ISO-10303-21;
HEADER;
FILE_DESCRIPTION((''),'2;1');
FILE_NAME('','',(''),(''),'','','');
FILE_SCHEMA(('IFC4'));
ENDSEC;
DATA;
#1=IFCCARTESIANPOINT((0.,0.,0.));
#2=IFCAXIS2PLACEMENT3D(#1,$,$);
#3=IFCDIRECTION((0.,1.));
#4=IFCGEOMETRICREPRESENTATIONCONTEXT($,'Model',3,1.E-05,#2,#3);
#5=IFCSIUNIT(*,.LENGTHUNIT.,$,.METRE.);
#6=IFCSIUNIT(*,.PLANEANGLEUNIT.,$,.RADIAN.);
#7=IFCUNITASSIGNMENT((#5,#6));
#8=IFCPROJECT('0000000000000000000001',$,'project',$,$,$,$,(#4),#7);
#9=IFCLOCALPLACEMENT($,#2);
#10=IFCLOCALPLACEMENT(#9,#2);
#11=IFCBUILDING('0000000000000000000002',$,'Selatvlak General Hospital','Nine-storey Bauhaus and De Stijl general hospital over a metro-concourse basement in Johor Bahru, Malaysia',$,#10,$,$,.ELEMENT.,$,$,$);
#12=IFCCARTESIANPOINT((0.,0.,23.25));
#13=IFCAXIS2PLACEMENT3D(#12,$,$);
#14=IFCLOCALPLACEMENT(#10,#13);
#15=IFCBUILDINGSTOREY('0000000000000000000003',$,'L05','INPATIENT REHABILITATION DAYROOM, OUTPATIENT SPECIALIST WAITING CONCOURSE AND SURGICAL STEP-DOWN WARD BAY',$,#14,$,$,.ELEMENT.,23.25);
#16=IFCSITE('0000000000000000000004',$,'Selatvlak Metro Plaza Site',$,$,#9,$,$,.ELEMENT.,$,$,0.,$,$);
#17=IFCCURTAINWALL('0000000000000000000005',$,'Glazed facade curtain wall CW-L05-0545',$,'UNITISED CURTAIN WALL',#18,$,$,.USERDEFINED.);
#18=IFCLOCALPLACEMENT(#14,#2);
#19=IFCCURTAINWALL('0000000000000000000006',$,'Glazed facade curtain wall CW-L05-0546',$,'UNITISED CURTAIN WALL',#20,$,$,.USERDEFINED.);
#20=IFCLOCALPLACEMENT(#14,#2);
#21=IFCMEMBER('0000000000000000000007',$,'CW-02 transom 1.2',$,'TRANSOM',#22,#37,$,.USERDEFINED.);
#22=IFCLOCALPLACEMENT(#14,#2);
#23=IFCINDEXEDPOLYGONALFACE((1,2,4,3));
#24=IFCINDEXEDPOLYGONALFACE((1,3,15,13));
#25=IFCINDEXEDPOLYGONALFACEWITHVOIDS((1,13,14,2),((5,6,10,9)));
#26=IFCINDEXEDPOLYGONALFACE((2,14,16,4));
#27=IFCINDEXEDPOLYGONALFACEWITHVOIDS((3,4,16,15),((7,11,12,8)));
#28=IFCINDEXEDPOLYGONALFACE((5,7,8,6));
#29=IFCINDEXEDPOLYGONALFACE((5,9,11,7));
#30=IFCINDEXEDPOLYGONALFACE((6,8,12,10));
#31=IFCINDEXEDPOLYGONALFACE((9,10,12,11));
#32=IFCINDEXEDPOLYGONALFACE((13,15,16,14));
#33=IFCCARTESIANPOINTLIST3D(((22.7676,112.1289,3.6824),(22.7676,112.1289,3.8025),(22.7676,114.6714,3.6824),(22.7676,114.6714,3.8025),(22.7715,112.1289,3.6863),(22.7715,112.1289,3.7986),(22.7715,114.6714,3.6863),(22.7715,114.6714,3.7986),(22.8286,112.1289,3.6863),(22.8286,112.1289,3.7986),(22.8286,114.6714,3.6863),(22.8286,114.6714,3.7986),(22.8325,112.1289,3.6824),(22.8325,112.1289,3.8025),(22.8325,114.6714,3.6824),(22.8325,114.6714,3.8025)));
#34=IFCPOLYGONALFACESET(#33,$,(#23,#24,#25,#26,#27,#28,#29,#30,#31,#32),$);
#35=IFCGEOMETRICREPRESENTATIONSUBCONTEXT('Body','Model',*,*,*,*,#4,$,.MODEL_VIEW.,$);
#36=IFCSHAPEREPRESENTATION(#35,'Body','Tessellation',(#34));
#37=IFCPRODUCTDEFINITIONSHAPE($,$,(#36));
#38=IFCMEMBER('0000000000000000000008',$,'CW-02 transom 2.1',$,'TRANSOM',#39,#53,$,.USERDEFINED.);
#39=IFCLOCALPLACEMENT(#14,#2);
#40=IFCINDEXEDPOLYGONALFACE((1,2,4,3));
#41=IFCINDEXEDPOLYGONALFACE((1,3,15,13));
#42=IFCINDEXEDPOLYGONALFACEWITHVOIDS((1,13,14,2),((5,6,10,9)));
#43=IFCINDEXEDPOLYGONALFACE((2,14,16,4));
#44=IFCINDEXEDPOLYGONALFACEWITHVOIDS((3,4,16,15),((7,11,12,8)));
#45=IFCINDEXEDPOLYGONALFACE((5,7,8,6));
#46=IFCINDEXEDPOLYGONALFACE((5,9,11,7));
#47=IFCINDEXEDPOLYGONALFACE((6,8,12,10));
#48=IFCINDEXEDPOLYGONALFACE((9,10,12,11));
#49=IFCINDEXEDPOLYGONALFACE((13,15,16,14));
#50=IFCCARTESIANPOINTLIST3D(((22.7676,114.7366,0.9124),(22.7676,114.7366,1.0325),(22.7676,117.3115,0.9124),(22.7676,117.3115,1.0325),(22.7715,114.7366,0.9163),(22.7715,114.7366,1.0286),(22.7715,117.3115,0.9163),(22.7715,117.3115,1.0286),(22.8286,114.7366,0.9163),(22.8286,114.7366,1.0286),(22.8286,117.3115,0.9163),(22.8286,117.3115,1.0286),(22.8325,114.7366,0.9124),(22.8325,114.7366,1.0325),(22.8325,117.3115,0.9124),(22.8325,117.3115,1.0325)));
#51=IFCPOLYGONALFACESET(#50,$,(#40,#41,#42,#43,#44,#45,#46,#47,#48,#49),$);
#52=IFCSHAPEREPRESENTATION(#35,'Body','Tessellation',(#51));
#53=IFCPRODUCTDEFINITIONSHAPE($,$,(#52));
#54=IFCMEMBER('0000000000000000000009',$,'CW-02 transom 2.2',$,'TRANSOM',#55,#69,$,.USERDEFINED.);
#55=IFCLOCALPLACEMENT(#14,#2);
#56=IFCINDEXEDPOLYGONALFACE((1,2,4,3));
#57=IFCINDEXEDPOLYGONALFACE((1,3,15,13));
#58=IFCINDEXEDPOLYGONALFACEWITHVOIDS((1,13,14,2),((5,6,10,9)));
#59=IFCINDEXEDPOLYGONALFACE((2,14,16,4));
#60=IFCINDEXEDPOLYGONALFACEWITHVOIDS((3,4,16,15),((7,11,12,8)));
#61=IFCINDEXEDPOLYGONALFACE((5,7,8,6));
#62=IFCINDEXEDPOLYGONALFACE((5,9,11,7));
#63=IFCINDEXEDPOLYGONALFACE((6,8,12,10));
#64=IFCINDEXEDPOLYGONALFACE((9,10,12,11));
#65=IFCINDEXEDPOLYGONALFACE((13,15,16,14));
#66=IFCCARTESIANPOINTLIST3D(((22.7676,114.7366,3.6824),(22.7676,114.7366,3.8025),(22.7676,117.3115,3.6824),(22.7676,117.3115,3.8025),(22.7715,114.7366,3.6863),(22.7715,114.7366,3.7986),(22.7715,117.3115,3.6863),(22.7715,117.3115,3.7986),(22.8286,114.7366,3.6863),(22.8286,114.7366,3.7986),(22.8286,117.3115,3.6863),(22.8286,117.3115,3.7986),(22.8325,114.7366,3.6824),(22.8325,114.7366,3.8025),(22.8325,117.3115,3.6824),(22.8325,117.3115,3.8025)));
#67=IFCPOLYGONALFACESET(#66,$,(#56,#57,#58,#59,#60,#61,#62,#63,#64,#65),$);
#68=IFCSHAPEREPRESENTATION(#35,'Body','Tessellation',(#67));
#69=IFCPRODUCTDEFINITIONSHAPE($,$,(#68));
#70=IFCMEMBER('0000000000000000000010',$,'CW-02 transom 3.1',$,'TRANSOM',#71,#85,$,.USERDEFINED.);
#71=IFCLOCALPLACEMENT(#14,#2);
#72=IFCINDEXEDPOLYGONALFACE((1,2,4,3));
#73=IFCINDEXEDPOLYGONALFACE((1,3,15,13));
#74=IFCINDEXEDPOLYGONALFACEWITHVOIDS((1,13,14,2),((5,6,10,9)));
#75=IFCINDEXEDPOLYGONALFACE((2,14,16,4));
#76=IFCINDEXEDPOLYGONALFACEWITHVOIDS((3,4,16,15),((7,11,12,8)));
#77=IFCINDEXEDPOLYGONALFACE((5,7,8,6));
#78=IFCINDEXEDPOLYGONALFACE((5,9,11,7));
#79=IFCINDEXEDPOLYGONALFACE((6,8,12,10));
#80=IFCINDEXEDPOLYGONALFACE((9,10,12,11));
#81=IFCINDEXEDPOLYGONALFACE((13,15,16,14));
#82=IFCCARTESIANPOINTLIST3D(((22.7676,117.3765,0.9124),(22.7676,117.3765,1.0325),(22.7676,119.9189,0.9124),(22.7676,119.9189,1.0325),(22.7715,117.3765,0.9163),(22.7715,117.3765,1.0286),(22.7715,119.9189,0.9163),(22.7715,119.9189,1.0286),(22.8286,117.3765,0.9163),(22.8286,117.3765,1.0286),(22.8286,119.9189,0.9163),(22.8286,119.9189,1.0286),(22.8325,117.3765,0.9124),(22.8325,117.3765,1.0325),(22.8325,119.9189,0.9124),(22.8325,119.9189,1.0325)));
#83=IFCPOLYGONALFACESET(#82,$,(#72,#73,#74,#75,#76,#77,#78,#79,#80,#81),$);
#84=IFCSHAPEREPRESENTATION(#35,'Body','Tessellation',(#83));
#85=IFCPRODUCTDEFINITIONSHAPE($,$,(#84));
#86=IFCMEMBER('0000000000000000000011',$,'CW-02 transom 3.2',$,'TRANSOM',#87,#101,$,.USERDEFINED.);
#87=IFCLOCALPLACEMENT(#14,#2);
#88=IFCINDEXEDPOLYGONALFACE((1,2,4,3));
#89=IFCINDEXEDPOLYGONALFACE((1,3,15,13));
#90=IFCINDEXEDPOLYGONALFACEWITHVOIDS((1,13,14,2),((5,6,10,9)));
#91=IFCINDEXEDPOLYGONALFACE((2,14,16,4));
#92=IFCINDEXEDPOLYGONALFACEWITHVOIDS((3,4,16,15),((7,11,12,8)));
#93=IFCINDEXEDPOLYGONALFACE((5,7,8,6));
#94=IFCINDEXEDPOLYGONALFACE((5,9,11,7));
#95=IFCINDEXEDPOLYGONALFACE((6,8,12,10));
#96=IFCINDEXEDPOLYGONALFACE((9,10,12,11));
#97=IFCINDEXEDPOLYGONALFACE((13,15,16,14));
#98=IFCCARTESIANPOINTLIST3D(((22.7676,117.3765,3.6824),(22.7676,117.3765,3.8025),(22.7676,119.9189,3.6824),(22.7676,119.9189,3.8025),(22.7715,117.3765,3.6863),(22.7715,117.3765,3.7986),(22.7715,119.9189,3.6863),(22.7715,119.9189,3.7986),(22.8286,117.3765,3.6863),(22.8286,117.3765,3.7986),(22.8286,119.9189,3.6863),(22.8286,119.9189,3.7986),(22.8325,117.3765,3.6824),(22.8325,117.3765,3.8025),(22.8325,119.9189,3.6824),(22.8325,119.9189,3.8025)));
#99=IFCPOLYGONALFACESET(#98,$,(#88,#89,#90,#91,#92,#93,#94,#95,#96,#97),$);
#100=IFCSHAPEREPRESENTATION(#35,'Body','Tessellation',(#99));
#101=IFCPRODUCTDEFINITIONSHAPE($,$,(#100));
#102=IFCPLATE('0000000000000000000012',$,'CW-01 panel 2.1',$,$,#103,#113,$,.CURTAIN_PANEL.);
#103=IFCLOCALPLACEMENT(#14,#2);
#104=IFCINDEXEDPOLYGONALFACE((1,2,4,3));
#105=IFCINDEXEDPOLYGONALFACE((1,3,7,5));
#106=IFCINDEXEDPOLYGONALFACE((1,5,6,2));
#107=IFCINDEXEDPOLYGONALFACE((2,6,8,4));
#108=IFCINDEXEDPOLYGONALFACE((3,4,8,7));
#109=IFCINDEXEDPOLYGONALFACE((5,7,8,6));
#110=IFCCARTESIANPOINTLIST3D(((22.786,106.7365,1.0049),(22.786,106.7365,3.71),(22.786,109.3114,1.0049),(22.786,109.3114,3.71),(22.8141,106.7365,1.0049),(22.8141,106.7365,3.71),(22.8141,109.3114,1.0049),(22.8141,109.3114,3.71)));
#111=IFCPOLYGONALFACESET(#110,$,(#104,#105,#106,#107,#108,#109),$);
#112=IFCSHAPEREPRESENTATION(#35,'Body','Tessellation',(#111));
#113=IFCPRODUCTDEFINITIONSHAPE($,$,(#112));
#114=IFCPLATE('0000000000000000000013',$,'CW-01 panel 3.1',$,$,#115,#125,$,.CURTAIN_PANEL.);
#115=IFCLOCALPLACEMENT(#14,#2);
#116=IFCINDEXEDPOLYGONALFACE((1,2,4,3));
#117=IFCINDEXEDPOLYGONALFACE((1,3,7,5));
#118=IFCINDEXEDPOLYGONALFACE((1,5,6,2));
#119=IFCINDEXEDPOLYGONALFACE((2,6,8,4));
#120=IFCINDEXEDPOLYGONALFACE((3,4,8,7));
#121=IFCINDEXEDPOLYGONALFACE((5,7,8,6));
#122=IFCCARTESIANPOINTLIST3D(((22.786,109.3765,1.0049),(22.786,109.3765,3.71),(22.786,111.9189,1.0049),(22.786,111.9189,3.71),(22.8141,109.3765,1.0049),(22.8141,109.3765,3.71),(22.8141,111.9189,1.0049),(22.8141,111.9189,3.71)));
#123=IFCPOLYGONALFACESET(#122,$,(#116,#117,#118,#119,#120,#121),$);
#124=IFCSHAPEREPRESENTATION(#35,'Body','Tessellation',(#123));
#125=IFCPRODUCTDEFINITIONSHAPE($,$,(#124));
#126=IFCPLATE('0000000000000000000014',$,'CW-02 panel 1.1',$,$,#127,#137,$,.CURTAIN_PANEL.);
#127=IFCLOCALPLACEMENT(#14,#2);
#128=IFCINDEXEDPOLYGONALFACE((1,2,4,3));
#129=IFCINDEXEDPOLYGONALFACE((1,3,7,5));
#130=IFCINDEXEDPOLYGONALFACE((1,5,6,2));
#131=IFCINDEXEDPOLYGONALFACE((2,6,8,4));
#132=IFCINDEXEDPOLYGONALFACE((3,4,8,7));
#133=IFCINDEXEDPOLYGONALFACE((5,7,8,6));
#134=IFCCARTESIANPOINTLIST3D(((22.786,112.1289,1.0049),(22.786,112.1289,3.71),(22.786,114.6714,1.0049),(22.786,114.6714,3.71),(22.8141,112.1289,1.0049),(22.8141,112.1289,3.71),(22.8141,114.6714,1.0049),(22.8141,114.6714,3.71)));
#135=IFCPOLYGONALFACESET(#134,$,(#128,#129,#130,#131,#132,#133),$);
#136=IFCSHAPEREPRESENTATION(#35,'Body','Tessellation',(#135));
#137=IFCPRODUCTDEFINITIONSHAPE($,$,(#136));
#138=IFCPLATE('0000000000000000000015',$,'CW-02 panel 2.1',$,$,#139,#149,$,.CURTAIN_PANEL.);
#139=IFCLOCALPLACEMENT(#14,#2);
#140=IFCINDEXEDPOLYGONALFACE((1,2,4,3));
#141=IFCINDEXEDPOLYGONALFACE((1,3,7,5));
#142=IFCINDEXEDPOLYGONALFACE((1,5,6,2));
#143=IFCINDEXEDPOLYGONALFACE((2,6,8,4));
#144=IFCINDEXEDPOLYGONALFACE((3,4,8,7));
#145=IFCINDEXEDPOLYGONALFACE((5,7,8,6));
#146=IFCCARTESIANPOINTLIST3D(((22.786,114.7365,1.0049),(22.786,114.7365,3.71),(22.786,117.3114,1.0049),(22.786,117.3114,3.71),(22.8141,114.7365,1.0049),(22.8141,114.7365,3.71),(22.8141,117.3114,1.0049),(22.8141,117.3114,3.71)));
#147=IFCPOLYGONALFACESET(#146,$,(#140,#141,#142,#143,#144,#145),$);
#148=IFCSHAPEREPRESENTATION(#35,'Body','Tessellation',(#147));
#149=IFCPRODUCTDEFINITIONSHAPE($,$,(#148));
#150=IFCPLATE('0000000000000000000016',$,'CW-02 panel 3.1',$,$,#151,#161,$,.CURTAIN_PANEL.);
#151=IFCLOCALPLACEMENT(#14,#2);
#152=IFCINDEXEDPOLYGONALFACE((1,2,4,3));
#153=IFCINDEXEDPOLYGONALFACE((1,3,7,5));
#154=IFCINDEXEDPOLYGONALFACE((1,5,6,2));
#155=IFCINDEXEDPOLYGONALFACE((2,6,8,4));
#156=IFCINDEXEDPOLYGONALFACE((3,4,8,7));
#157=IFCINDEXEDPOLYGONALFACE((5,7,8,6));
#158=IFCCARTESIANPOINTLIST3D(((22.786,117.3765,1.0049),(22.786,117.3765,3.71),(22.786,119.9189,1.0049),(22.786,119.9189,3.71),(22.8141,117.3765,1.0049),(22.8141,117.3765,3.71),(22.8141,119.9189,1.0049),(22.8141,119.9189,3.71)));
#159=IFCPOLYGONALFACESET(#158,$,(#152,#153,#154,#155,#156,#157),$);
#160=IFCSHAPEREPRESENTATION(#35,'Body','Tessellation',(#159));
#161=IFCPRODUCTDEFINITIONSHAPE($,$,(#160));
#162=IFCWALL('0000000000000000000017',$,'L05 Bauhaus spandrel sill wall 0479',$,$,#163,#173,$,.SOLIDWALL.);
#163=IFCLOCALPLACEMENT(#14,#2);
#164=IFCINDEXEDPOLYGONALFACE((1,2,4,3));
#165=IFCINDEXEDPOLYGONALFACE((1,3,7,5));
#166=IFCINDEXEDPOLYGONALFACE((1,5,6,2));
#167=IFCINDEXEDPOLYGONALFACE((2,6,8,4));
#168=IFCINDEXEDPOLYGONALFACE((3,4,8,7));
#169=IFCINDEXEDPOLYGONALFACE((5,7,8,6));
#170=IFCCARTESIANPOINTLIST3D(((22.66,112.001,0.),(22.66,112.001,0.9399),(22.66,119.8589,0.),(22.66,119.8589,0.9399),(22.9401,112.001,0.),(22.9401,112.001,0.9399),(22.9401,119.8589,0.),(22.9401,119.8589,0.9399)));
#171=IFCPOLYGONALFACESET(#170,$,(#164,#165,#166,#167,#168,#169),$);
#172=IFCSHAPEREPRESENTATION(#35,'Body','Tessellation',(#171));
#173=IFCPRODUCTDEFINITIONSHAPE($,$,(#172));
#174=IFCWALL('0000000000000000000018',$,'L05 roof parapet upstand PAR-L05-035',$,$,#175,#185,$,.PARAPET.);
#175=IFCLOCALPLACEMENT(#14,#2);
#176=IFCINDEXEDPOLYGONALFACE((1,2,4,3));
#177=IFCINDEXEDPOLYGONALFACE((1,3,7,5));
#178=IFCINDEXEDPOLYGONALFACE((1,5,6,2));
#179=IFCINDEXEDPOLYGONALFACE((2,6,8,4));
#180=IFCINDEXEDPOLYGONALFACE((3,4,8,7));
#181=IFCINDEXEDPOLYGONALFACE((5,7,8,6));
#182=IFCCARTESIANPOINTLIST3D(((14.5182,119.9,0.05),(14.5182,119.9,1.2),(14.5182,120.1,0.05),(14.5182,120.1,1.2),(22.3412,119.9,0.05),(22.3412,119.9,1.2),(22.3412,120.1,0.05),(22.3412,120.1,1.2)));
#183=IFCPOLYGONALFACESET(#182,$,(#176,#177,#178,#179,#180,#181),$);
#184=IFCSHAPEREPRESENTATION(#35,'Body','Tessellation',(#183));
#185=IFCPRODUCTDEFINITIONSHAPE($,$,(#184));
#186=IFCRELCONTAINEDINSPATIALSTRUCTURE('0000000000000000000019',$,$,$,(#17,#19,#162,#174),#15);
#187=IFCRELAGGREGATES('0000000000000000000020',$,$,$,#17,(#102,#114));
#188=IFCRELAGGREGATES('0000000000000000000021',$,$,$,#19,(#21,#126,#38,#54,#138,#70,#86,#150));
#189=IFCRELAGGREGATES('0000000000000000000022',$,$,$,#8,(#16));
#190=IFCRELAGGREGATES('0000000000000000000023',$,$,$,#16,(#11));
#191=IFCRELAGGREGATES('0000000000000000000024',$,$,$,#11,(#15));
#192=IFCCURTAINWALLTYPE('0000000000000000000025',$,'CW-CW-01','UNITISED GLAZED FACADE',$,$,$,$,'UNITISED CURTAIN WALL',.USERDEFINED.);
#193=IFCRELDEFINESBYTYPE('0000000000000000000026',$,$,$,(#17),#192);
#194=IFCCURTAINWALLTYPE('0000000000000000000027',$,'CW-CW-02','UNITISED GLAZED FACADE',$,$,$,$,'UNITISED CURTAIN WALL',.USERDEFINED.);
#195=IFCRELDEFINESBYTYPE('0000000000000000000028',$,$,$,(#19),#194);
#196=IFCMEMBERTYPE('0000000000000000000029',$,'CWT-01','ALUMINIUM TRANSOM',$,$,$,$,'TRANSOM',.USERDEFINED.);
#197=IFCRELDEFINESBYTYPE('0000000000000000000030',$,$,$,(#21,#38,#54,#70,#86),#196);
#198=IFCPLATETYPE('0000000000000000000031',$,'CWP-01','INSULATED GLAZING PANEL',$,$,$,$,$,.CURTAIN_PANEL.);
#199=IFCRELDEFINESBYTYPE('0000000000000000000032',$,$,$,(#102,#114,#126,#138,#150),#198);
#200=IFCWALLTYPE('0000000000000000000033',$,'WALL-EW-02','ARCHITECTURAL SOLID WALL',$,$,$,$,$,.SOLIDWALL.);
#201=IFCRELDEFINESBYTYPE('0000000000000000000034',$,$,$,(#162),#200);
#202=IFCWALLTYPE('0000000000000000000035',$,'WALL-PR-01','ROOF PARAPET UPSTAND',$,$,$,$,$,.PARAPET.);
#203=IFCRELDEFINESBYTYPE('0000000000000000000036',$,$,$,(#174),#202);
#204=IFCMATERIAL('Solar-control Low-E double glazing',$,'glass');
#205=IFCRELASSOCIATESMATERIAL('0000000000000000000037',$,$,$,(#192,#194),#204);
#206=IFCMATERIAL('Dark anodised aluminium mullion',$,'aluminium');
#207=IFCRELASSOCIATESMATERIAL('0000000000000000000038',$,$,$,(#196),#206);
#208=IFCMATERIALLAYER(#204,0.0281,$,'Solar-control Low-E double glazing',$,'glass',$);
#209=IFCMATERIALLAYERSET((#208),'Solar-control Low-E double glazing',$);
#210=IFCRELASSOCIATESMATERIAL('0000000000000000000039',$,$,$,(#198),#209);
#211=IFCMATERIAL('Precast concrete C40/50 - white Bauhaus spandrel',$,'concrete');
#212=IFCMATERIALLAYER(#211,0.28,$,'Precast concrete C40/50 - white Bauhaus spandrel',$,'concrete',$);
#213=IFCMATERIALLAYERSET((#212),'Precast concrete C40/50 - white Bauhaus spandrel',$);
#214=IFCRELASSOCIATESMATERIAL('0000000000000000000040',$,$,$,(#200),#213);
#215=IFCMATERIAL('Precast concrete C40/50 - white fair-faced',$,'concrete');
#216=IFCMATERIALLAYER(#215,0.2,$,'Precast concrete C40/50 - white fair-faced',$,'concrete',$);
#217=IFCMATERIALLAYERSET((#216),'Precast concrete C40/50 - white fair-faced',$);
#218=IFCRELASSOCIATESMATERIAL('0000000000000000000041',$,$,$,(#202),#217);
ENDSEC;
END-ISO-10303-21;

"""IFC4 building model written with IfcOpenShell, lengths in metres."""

from ifc_helpers import new_model, si_unit, direction, frame, frame_2d, origin, origin_2d, place, context, subcontext, project, spatial, rectangle, hollow_rectangle, extrude, material, layer, layer_set, material_profile, profile_set, type_object, element, aggregate, save


model = new_model("IFC4")

# Units and contexts
model_context = context("Model", 3, precision=1e-05, world=origin(), true_north=direction((0.0, 1.0)))
body_context = subcontext(model_context, "Body", "Model", "MODEL_VIEW")
ifc_project = project(units=[si_unit("LENGTHUNIT", "METRE"), si_unit("PLANEANGLEUNIT", "RADIAN")], contexts=[model_context])

# Site, building, storey
site_placement = place(None, origin())
site = spatial("IfcSite", under=ifc_project, at=site_placement, Name="Selatvlak Metro Plaza Site", CompositionType="ELEMENT", RefElevation=0.0)
building_placement = place(site_placement, origin())
building = spatial("IfcBuilding", under=site, at=building_placement, Name="Selatvlak General Hospital", Description="Nine-storey Bauhaus and De Stijl general hospital over a metro-concourse basement in Johor Bahru, Malaysia", CompositionType="ELEMENT")
storey_placement = place(building_placement, frame((0.0, 0.0, 23.25)))
storey = spatial("IfcBuildingStorey", under=building, at=storey_placement, Name="L05", Description="INPATIENT REHABILITATION DAYROOM, OUTPATIENT SPECIALIST WAITING CONCOURSE AND SURGICAL STEP-DOWN WARD BAY", CompositionType="ELEMENT", Elevation=23.25)

# Curtain walls
ifc_material_1 = material(Name="Solar-control Low-E double glazing", Category="glass")
curtain_wall_type_1 = type_object("IfcCurtainWallType", Name="CW-CW-01", Description="UNITISED GLAZED FACADE", ElementType="UNITISED CURTAIN WALL", PredefinedType="USERDEFINED", material=ifc_material_1)
curtain_wall_1_placement = place(storey_placement, origin())
curtain_wall_1 = element("IfcCurtainWall", 1, at=curtain_wall_1_placement, inside=storey, type_object=curtain_wall_type_1, Name="Glazed facade curtain wall CW-L05-0545", ObjectType="UNITISED CURTAIN WALL", PredefinedType="USERDEFINED")
ifc_material_2 = material(Name="Dark anodised aluminium mullion", Category="aluminium")
curtain_wall_type_2 = type_object("IfcCurtainWallType", Name="CW-CW-02", Description="UNITISED GLAZED FACADE", ElementType="UNITISED CURTAIN WALL", PredefinedType="USERDEFINED", material=ifc_material_1)
curtain_wall_2_placement = place(storey_placement, origin())
curtain_wall_2 = element("IfcCurtainWall", 2, at=curtain_wall_2_placement, inside=storey, type_object=curtain_wall_type_2, Name="Glazed facade curtain wall CW-L05-0546", ObjectType="UNITISED CURTAIN WALL", PredefinedType="USERDEFINED")

# Members
ifc_material_profile_1 = material_profile(ifc_material_2, hollow_rectangle(XDim=0.0649, YDim=0.1201, WallThickness=0.0039, at=origin_2d()), Name="AL-TRN 65x120x4")
ifc_profile_set_1 = profile_set([ifc_material_profile_1], Name="Dark anodised aluminium mullion")
member_type_1 = type_object("IfcMemberType", Name="CWT-01", Description="ALUMINIUM TRANSOM", ElementType="TRANSOM", PredefinedType="USERDEFINED", material=ifc_profile_set_1)
member_1_placement = place(storey_placement, frame((22.8, 112.1289, 3.7424), z_axis=(0.0, 1.0, 0.0), x_axis=(-1.0, 0.0, 0.0)))
member_1 = element("IfcMember", 3, at=member_1_placement, type_object=member_type_1, Name="CW-02 transom 1.2", ObjectType="TRANSOM", PredefinedType="USERDEFINED", context=body_context, shape_type="SweptSolid", body=[
    extrude(hollow_rectangle(XDim=0.0649, YDim=0.1201, WallThickness=0.0039, at=origin_2d()), origin(), (0.0, 0.0, 1.0), 2.5425),
])
member_2_placement = place(storey_placement, frame((22.8, 114.7366, 0.9724), z_axis=(0.0, 1.0, 0.0), x_axis=(-1.0, 0.0, 0.0)))
member_2 = element("IfcMember", 4, at=member_2_placement, type_object=member_type_1, Name="CW-02 transom 2.1", ObjectType="TRANSOM", PredefinedType="USERDEFINED", context=body_context, shape_type="SweptSolid", body=[
    extrude(hollow_rectangle(XDim=0.0649, YDim=0.1201, WallThickness=0.0039, at=origin_2d()), origin(), (0.0, 0.0, 1.0), 2.575),
])
member_3_placement = place(storey_placement, frame((22.8, 114.7366, 3.7424), z_axis=(0.0, 1.0, 0.0), x_axis=(-1.0, 0.0, 0.0)))
member_3 = element("IfcMember", 5, at=member_3_placement, type_object=member_type_1, Name="CW-02 transom 2.2", ObjectType="TRANSOM", PredefinedType="USERDEFINED", context=body_context, shape_type="SweptSolid", body=[
    extrude(hollow_rectangle(XDim=0.0649, YDim=0.1201, WallThickness=0.0039, at=origin_2d()), origin(), (0.0, 0.0, 1.0), 2.575),
])
member_4_placement = place(storey_placement, frame((22.8, 117.3765, 0.9724), z_axis=(0.0, 1.0, 0.0), x_axis=(-1.0, 0.0, 0.0)))
member_4 = element("IfcMember", 6, at=member_4_placement, type_object=member_type_1, Name="CW-02 transom 3.1", ObjectType="TRANSOM", PredefinedType="USERDEFINED", context=body_context, shape_type="SweptSolid", body=[
    extrude(hollow_rectangle(XDim=0.0649, YDim=0.1201, WallThickness=0.0039, at=origin_2d()), origin(), (0.0, 0.0, 1.0), 2.5425),
])
member_5_placement = place(storey_placement, frame((22.8, 117.3765, 3.7424), z_axis=(0.0, 1.0, 0.0), x_axis=(-1.0, 0.0, 0.0)))
member_5 = element("IfcMember", 7, at=member_5_placement, type_object=member_type_1, Name="CW-02 transom 3.2", ObjectType="TRANSOM", PredefinedType="USERDEFINED", context=body_context, shape_type="SweptSolid", body=[
    extrude(hollow_rectangle(XDim=0.0649, YDim=0.1201, WallThickness=0.0039, at=origin_2d()), origin(), (0.0, 0.0, 1.0), 2.5425),
])

# Plates
ifc_layer_1 = layer(ifc_material_1, 0.0281, Name="Solar-control Low-E double glazing", Category="glass")
ifc_layer_set_1 = layer_set([ifc_layer_1], Name="Solar-control Low-E double glazing")
plate_type = type_object("IfcPlateType", Name="CWP-01", Description="INSULATED GLAZING PANEL", PredefinedType="CURTAIN_PANEL", material=ifc_layer_set_1)
plate_1_placement = place(storey_placement, frame((22.8, 108.0239, 1.0049), z_axis=(0.0, 0.0, 1.0), x_axis=(0.0, 1.0, 0.0)))
plate_1 = element("IfcPlate", 8, at=plate_1_placement, type_object=plate_type, Name="CW-01 panel 2.1", PredefinedType="CURTAIN_PANEL", context=body_context, shape_type="SweptSolid", body=[
    extrude(rectangle(XDim=2.575, YDim=0.0281, at=origin_2d()), origin(), (0.0, 0.0, 1.0), 2.7051),
])
plate_2_placement = place(storey_placement, frame((22.8, 110.6477, 1.0049), z_axis=(0.0, 0.0, 1.0), x_axis=(0.0, 1.0, 0.0)))
plate_2 = element("IfcPlate", 9, at=plate_2_placement, type_object=plate_type, Name="CW-01 panel 3.1", PredefinedType="CURTAIN_PANEL", context=body_context, shape_type="SweptSolid", body=[
    extrude(rectangle(XDim=2.5425, YDim=0.0281, at=origin_2d()), origin(), (0.0, 0.0, 1.0), 2.7051),
])
aggregate(curtain_wall_1, [plate_1, plate_2])
plate_3_placement = place(storey_placement, frame((22.8, 113.4001, 1.0049), z_axis=(0.0, 0.0, 1.0), x_axis=(0.0, 1.0, 0.0)))
plate_3 = element("IfcPlate", 10, at=plate_3_placement, type_object=plate_type, Name="CW-02 panel 1.1", PredefinedType="CURTAIN_PANEL", context=body_context, shape_type="SweptSolid", body=[
    extrude(rectangle(XDim=2.5425, YDim=0.0281, at=origin_2d()), origin(), (0.0, 0.0, 1.0), 2.7051),
])
plate_4_placement = place(storey_placement, frame((22.8, 116.0239, 1.0049), z_axis=(0.0, 0.0, 1.0), x_axis=(0.0, 1.0, 0.0)))
plate_4 = element("IfcPlate", 11, at=plate_4_placement, type_object=plate_type, Name="CW-02 panel 2.1", PredefinedType="CURTAIN_PANEL", context=body_context, shape_type="SweptSolid", body=[
    extrude(rectangle(XDim=2.575, YDim=0.0281, at=origin_2d()), origin(), (0.0, 0.0, 1.0), 2.7051),
])
plate_5_placement = place(storey_placement, frame((22.8, 118.6477, 1.0049), z_axis=(0.0, 0.0, 1.0), x_axis=(0.0, 1.0, 0.0)))
plate_5 = element("IfcPlate", 12, at=plate_5_placement, type_object=plate_type, Name="CW-02 panel 3.1", PredefinedType="CURTAIN_PANEL", context=body_context, shape_type="SweptSolid", body=[
    extrude(rectangle(XDim=2.5425, YDim=0.0281, at=origin_2d()), origin(), (0.0, 0.0, 1.0), 2.7051),
])
aggregate(curtain_wall_2, [member_1, plate_3, member_2, member_3, plate_4, member_4, member_5, plate_5])

# Walls
ifc_material_3 = material(Name="Precast concrete C40/50 - white Bauhaus spandrel", Category="concrete")
ifc_layer_2 = layer(ifc_material_3, 0.28, Name="Precast concrete C40/50 - white Bauhaus spandrel", Category="concrete")
ifc_layer_set_2 = layer_set([ifc_layer_2], Name="Precast concrete C40/50 - white Bauhaus spandrel")
wall_type_1 = type_object("IfcWallType", Name="WALL-EW-02", Description="ARCHITECTURAL SOLID WALL", PredefinedType="SOLIDWALL", material=ifc_layer_set_2)
wall_1_placement = place(storey_placement, frame((22.8, 112.001, 0.0), z_axis=(0.0, 0.0, 1.0), x_axis=(0.0, 1.0, 0.0)))
element("IfcWall", 13, at=wall_1_placement, inside=storey, type_object=wall_type_1, Name="L05 Bauhaus spandrel sill wall 0479", PredefinedType="SOLIDWALL", context=body_context, shape_type="SweptSolid", body=[
    extrude(rectangle(XDim=7.8579, YDim=0.28, at=frame_2d((3.929, 0.0))), origin(), (0.0, 0.0, 1.0), 0.9399),
])
ifc_material_4 = material(Name="Precast concrete C40/50 - white fair-faced", Category="concrete")
ifc_layer_3 = layer(ifc_material_4, 0.2, Name="Precast concrete C40/50 - white fair-faced", Category="concrete")
ifc_layer_set_3 = layer_set([ifc_layer_3], Name="Precast concrete C40/50 - white fair-faced")
wall_type_2 = type_object("IfcWallType", Name="WALL-PR-01", Description="ROOF PARAPET UPSTAND", PredefinedType="PARAPET", material=ifc_layer_set_3)
wall_2_placement = place(storey_placement, frame((14.5181, 120.0, 0.05), z_axis=(0.0, 0.0, 1.0), x_axis=(1.0, 0.0, 0.0)))
element("IfcWall", 14, at=wall_2_placement, inside=storey, type_object=wall_type_2, Name="L05 roof parapet upstand PAR-L05-035", PredefinedType="PARAPET", context=body_context, shape_type="SweptSolid", body=[
    extrude(rectangle(XDim=7.823, YDim=0.2, at=frame_2d((3.9116, 0.0))), origin(), (0.0, 0.0, 1.0), 1.1499),
])

save(model, "model.ifc")
